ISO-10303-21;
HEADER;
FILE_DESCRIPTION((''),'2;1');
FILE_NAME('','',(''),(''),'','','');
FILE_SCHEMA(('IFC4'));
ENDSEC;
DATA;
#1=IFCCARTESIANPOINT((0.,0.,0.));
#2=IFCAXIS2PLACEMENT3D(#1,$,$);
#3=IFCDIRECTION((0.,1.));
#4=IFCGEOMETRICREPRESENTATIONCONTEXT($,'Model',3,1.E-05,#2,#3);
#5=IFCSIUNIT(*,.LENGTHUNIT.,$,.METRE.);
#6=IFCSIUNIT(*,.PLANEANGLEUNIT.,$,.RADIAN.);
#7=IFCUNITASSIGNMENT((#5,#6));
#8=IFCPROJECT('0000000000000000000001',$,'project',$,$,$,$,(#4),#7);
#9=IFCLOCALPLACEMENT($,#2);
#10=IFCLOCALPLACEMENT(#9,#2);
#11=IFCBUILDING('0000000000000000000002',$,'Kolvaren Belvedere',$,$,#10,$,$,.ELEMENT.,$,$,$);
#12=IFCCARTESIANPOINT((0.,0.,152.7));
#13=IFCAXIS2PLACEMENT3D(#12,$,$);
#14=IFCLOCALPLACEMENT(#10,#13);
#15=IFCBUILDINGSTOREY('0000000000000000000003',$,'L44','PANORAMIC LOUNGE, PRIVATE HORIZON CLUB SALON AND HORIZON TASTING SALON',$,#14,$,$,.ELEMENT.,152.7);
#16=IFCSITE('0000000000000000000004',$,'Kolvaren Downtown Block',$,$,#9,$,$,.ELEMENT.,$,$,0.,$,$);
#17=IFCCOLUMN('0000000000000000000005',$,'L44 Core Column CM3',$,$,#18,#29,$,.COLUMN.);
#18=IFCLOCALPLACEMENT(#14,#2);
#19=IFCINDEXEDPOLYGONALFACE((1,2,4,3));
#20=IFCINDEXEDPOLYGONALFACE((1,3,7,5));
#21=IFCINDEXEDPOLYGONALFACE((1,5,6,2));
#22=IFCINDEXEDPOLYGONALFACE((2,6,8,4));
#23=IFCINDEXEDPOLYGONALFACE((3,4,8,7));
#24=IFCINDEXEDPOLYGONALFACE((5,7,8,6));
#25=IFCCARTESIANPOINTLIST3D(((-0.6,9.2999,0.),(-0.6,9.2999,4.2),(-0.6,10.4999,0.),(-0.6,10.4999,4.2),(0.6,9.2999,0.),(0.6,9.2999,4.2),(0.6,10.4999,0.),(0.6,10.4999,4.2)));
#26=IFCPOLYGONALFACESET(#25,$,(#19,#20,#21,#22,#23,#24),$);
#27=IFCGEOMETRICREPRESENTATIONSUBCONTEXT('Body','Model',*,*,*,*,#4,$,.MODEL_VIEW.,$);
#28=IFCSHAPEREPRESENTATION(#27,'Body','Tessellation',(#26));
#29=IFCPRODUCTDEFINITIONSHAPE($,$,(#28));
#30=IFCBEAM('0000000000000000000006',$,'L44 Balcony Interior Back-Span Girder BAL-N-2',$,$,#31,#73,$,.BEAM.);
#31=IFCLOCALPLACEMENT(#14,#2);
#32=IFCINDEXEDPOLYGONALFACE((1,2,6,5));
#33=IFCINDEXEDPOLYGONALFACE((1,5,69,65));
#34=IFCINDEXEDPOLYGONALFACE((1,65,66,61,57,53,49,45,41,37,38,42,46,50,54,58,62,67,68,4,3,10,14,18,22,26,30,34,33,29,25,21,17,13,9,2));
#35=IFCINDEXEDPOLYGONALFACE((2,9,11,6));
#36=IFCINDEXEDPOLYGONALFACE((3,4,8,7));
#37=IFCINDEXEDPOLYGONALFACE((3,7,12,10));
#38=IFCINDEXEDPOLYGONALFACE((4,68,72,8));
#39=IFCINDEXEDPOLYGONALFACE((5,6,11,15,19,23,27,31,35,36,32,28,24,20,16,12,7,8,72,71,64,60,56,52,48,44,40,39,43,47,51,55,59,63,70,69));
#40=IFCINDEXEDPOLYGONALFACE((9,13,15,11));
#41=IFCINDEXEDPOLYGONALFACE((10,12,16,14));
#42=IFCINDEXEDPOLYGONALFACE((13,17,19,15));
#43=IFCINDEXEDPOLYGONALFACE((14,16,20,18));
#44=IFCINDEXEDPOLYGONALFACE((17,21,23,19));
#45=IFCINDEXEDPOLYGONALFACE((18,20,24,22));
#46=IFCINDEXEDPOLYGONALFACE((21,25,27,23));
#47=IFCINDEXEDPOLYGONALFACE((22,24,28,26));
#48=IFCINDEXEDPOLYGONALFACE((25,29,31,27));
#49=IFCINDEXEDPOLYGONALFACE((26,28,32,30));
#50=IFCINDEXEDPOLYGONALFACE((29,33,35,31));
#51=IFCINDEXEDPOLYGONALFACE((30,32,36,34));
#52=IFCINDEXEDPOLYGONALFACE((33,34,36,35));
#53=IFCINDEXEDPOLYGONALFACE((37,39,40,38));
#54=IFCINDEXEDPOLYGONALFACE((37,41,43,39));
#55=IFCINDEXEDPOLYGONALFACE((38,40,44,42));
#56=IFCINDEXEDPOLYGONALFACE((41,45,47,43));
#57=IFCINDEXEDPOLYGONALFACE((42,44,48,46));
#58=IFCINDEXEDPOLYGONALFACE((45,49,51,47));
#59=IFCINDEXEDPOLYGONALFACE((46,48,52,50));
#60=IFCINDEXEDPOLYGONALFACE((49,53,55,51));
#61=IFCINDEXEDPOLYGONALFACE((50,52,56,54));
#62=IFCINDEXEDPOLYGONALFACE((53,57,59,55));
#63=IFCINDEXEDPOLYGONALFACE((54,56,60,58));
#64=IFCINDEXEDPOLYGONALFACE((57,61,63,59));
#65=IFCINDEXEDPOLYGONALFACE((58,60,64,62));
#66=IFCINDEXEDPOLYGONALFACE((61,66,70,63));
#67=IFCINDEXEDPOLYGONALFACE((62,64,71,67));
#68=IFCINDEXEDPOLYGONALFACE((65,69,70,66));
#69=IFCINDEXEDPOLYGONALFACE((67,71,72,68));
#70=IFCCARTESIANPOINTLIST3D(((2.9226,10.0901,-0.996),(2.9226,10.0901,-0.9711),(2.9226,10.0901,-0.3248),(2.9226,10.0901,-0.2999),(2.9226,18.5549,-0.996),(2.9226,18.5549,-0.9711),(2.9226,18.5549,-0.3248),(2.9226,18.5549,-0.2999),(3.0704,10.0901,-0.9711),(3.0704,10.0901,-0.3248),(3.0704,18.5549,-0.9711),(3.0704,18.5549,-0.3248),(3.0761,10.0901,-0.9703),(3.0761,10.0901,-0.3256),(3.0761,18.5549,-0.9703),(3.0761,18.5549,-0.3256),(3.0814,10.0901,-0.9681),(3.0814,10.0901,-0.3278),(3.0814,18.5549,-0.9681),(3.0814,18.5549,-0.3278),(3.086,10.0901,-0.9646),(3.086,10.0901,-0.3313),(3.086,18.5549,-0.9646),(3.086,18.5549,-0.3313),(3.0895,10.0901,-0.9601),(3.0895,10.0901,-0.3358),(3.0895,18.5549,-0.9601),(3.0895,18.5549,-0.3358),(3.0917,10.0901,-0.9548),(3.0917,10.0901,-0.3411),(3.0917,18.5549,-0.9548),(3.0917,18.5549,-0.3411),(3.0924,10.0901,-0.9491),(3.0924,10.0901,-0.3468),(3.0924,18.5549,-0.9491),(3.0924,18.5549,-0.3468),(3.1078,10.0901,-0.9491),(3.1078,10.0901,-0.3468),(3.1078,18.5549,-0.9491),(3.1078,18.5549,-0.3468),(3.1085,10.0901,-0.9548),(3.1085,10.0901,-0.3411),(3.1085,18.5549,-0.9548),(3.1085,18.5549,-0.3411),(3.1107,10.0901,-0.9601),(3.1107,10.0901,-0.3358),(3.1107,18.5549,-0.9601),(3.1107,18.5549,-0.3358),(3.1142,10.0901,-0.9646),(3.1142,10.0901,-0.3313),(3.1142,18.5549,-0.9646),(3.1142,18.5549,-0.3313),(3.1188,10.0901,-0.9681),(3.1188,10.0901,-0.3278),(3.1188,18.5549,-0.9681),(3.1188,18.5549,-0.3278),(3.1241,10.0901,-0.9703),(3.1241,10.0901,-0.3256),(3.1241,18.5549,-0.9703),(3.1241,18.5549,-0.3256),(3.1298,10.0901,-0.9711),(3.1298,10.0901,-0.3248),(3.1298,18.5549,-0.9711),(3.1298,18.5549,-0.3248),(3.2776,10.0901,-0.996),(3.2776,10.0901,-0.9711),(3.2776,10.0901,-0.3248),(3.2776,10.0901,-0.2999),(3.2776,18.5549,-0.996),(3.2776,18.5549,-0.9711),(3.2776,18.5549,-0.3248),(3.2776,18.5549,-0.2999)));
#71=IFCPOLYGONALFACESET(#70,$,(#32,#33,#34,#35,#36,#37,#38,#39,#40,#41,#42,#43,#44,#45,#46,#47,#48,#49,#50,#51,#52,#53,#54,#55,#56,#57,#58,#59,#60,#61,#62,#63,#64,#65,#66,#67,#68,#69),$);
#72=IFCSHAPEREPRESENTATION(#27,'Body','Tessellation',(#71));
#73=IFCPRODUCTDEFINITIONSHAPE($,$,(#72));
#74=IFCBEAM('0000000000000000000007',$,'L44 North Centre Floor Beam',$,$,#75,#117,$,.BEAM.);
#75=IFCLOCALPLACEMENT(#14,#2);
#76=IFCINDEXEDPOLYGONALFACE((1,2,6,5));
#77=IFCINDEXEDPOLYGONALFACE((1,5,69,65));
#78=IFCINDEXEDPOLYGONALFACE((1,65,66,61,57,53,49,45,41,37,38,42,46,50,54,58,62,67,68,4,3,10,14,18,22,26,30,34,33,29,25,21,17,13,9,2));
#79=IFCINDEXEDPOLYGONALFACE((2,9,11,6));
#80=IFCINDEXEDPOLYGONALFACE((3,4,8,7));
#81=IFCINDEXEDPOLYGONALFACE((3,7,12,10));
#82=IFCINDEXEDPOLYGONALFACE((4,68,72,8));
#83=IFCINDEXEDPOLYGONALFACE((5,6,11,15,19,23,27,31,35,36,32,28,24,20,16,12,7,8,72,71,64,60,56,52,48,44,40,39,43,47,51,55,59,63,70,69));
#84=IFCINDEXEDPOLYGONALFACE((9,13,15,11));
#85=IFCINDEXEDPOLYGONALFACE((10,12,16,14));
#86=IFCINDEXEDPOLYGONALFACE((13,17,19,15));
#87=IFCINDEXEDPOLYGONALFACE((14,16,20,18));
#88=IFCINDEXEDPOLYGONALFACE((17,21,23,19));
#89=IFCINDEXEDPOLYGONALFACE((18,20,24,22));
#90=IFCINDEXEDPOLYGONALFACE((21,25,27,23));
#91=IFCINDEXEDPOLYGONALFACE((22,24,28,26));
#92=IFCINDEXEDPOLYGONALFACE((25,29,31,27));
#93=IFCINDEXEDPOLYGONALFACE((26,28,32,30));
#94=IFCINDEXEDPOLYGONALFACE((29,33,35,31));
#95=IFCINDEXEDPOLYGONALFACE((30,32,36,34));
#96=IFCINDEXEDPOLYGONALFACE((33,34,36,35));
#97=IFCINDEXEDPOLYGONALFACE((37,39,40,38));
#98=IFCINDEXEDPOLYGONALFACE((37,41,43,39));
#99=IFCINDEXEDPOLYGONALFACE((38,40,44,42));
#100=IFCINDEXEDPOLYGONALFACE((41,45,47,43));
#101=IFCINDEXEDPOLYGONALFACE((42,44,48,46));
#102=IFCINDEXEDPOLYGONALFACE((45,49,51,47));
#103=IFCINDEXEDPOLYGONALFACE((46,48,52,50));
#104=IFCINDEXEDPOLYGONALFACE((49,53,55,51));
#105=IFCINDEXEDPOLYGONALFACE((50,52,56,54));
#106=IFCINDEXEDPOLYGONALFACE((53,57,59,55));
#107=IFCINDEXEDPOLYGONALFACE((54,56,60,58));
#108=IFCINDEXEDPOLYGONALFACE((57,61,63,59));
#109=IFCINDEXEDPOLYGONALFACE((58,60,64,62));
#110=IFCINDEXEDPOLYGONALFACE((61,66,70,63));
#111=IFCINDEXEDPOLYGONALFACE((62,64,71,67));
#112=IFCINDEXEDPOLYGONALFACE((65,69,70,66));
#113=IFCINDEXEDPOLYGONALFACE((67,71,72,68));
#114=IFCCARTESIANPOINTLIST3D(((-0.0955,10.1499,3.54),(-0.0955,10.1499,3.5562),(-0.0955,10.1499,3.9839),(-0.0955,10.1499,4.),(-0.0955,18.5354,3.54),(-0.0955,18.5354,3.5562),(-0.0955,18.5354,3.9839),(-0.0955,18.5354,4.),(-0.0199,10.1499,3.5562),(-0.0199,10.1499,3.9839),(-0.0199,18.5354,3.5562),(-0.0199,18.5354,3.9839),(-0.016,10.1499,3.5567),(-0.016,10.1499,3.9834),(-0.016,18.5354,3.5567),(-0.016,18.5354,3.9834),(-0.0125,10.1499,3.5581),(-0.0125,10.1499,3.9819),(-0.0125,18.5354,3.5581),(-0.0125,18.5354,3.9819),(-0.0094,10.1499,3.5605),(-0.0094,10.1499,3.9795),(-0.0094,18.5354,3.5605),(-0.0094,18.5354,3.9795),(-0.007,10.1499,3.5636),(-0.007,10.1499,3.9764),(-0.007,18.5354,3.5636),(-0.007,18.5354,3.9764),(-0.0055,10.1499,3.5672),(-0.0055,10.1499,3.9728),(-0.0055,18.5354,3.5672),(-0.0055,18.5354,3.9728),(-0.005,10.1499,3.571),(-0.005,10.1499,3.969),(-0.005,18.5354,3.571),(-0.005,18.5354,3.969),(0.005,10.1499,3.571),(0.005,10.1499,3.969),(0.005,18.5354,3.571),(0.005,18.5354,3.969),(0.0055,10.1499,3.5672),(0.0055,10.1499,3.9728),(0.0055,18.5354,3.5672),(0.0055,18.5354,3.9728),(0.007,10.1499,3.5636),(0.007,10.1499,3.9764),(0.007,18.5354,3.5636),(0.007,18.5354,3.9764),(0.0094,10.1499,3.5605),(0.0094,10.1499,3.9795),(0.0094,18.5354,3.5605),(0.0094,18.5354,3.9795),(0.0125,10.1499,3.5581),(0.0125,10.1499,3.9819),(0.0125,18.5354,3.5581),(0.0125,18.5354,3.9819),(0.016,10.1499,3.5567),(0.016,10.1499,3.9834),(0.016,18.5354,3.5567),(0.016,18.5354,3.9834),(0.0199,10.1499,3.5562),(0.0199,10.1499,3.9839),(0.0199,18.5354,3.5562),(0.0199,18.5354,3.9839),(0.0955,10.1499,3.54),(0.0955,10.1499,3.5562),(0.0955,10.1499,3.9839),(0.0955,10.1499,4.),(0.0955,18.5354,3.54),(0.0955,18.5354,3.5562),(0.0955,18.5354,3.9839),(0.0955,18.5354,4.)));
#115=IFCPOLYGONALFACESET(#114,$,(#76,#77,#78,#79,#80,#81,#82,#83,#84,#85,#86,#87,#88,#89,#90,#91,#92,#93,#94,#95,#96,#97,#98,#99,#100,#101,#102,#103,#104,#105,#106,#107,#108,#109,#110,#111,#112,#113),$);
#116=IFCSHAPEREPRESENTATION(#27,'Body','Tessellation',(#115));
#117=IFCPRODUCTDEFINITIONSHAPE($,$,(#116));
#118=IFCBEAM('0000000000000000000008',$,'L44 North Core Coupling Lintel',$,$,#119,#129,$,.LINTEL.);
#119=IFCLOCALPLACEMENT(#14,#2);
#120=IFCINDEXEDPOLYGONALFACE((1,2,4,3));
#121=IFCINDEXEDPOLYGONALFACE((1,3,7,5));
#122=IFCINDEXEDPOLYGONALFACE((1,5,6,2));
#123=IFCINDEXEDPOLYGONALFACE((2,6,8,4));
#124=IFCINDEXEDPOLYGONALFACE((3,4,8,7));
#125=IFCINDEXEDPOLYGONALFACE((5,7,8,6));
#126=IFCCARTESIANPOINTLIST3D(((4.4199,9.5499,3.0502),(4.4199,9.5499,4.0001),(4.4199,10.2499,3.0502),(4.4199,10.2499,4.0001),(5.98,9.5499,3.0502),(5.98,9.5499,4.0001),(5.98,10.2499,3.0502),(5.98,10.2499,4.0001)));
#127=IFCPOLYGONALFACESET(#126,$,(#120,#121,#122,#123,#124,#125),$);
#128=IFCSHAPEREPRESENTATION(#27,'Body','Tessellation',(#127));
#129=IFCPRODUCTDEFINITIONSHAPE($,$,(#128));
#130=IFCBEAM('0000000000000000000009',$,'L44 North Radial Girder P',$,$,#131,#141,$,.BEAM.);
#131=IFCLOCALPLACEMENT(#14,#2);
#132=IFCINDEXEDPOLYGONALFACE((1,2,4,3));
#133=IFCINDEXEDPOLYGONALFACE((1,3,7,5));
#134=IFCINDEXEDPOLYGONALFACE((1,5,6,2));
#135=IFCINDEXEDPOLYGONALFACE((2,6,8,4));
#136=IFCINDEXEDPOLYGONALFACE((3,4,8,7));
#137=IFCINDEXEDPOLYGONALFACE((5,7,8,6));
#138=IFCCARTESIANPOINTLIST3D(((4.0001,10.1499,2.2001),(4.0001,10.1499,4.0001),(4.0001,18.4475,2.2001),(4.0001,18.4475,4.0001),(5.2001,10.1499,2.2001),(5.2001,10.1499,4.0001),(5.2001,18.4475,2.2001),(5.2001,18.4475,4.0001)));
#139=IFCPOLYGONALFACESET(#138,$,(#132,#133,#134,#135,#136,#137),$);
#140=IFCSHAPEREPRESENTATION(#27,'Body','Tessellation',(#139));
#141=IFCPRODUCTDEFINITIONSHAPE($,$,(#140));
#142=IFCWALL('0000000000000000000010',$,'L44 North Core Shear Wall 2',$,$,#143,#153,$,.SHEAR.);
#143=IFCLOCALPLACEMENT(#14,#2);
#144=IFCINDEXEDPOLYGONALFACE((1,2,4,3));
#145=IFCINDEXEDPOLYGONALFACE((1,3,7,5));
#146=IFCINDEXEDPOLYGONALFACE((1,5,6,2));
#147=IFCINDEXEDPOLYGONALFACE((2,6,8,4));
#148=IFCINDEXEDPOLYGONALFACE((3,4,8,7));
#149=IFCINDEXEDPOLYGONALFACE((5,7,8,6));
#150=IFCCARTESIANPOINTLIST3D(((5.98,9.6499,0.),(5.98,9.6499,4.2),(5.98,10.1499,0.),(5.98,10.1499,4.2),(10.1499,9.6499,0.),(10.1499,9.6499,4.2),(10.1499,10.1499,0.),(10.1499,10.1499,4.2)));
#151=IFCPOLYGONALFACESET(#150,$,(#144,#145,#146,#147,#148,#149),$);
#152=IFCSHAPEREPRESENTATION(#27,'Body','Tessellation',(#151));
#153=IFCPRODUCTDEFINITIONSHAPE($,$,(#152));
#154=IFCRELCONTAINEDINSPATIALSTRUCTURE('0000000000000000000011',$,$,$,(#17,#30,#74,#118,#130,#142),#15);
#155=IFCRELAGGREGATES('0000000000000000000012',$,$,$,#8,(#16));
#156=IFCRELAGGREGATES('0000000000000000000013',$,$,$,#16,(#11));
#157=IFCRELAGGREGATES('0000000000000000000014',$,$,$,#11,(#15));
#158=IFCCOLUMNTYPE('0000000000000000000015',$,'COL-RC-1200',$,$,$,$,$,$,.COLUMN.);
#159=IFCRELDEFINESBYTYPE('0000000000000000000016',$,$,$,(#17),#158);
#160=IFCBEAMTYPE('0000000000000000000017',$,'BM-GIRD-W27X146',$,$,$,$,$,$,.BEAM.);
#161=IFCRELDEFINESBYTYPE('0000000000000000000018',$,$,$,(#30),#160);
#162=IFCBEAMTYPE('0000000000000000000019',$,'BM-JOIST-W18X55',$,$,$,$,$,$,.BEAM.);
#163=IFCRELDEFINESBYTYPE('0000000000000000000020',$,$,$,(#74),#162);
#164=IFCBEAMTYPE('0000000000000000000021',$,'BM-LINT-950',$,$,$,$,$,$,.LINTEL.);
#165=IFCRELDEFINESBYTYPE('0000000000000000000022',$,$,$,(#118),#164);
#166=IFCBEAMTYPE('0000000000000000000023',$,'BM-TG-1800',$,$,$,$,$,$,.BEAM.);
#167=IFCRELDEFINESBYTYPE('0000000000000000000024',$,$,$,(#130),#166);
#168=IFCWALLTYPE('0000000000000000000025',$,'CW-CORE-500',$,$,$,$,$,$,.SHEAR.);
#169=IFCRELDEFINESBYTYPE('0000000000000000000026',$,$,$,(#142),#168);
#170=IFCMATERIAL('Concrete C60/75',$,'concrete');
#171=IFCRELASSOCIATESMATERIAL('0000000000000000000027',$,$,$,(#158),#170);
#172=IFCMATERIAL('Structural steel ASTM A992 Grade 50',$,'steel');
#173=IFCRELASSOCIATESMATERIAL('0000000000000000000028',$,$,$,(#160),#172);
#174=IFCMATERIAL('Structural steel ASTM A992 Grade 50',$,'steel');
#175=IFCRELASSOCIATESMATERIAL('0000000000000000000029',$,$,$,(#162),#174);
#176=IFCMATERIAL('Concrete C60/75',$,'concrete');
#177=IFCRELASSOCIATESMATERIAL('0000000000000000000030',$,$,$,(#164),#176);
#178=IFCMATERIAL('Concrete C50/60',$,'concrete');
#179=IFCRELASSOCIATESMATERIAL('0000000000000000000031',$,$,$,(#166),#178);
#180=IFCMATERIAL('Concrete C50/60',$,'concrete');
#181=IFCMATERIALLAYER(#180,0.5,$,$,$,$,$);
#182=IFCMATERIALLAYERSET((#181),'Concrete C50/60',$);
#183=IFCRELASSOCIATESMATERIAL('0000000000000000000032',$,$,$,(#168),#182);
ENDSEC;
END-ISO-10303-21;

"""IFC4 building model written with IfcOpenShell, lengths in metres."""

from ifc_helpers import new_model, si_unit, direction, frame, frame_2d, origin, origin_2d, place, context, subcontext, project, spatial, rectangle, i_section, extrude, material, layer, layer_set, material_profile, profile_set, type_object, element, save


model = new_model("IFC4")

# Units and contexts
model_context = context("Model", 3, precision=1e-05, world=origin(), true_north=direction((0.0, 1.0)))
body_context = subcontext(model_context, "Body", "Model", "MODEL_VIEW")
ifc_project = project(units=[si_unit("LENGTHUNIT", "METRE"), si_unit("PLANEANGLEUNIT", "RADIAN")], contexts=[model_context])

# Site, building, storey
site_placement = place(None, origin())
site = spatial("IfcSite", under=ifc_project, at=site_placement, Name="Kolvaren Downtown Block", CompositionType="ELEMENT", RefElevation=0.0)
building_placement = place(site_placement, origin())
building = spatial("IfcBuilding", under=site, at=building_placement, Name="Kolvaren Belvedere", CompositionType="ELEMENT")
storey_placement = place(building_placement, frame((0.0, 0.0, 152.7)))
storey = spatial("IfcBuildingStorey", under=building, at=storey_placement, Name="L44", Description="PANORAMIC LOUNGE, PRIVATE HORIZON CLUB SALON AND HORIZON TASTING SALON", CompositionType="ELEMENT", Elevation=152.7)

# Column
ifc_material_1 = material(Name="Concrete C60/75", Category="concrete")
ifc_material_profile_1 = material_profile(ifc_material_1, rectangle(XDim=1.2, YDim=1.2, at=origin_2d()), Name="RC 1200X1200")
ifc_profile_set_1 = profile_set([ifc_material_profile_1], Name="Concrete C60/75")
column_type = type_object("IfcColumnType", Name="COL-RC-1200", PredefinedType="COLUMN", material=ifc_profile_set_1)
column_placement = place(storey_placement, frame((0.0, 9.8999, 0.0), z_axis=(0.0, 0.0, 1.0), x_axis=(1.0, 0.0, 0.0)))
element("IfcColumn", 1, at=column_placement, inside=storey, type_object=column_type, Name="L44 Core Column CM3", PredefinedType="COLUMN", context=body_context, shape_type="SweptSolid", body=[
    extrude(rectangle(XDim=1.2, YDim=1.2, at=origin_2d()), origin(), (0.0, 0.0, 1.0), 4.2),
])

# Beams
ifc_material_2 = material(Name="Structural steel ASTM A992 Grade 50", Category="steel")
ifc_material_profile_2 = material_profile(ifc_material_2, i_section(OverallWidth=0.355, OverallDepth=0.696, WebThickness=0.0154, FlangeThickness=0.0249, FilletRadius=0.022, at=origin_2d()), Name="W27X146")
ifc_profile_set_2 = profile_set([ifc_material_profile_2], Name="Structural steel ASTM A992 Grade 50")
beam_type_1 = type_object("IfcBeamType", Name="BM-GIRD-W27X146", PredefinedType="BEAM", material=ifc_profile_set_2)
beam_1_placement = place(storey_placement, frame((3.1001, 10.0901, -0.6479), z_axis=(0.0, 1.0, 0.0), x_axis=(-1.0, 0.0, 0.0)))
element("IfcBeam", 2, at=beam_1_placement, inside=storey, type_object=beam_type_1, Name="L44 Balcony Interior Back-Span Girder BAL-N-2", PredefinedType="BEAM", context=body_context, shape_type="SweptSolid", body=[
    extrude(i_section(OverallWidth=0.355, OverallDepth=0.696, WebThickness=0.0154, FlangeThickness=0.0249, FilletRadius=0.022, at=origin_2d()), origin(), (0.0, 0.0, 1.0), 8.4648),
])
ifc_material_3 = material(Name="Structural steel ASTM A992 Grade 50", Category="steel")
ifc_material_profile_3 = material_profile(ifc_material_3, i_section(OverallWidth=0.1909, OverallDepth=0.46, WebThickness=0.01, FlangeThickness=0.0161, FilletRadius=0.0149, at=origin_2d()), Name="W18X55")
ifc_profile_set_3 = profile_set([ifc_material_profile_3], Name="Structural steel ASTM A992 Grade 50")
beam_type_2 = type_object("IfcBeamType", Name="BM-JOIST-W18X55", PredefinedType="BEAM", material=ifc_profile_set_3)
beam_2_placement = place(storey_placement, frame((0.0, 10.1499, 3.77), z_axis=(0.0, 1.0, 0.0), x_axis=(-1.0, 0.0, 0.0)))
element("IfcBeam", 3, at=beam_2_placement, inside=storey, type_object=beam_type_2, Name="L44 North Centre Floor Beam", PredefinedType="BEAM", context=body_context, shape_type="SweptSolid", body=[
    extrude(i_section(OverallWidth=0.1909, OverallDepth=0.46, WebThickness=0.01, FlangeThickness=0.0161, FilletRadius=0.0149, at=origin_2d()), origin(), (0.0, 0.0, 1.0), 8.3855),
])
ifc_material_4 = material(Name="Concrete C60/75", Category="concrete")
ifc_material_profile_4 = material_profile(ifc_material_4, rectangle(XDim=0.7, YDim=0.95, at=origin_2d()), Name="RC 700X950")
ifc_profile_set_4 = profile_set([ifc_material_profile_4], Name="Concrete C60/75")
beam_type_3 = type_object("IfcBeamType", Name="BM-LINT-950", PredefinedType="LINTEL", material=ifc_profile_set_4)
beam_3_placement = place(storey_placement, frame((4.4199, 9.8999, 3.5251), z_axis=(1.0, 0.0, 0.0), x_axis=(0.0, 1.0, 0.0)))
element("IfcBeam", 4, at=beam_3_placement, inside=storey, type_object=beam_type_3, Name="L44 North Core Coupling Lintel", PredefinedType="LINTEL", context=body_context, shape_type="SweptSolid", body=[
    extrude(rectangle(XDim=0.7, YDim=0.95, at=origin_2d()), origin(), (0.0, 0.0, 1.0), 1.5601),
])
ifc_material_5 = material(Name="Concrete C50/60", Category="concrete")
ifc_material_profile_5 = material_profile(ifc_material_5, rectangle(XDim=1.2, YDim=1.8, at=origin_2d()), Name="RC 1200X1800")
ifc_profile_set_5 = profile_set([ifc_material_profile_5], Name="Concrete C50/60")
beam_type_4 = type_object("IfcBeamType", Name="BM-TG-1800", PredefinedType="BEAM", material=ifc_profile_set_5)
beam_4_placement = place(storey_placement, frame((4.6001, 10.1499, 3.1001), z_axis=(0.0, 1.0, 0.0), x_axis=(-1.0, 0.0, 0.0)))
element("IfcBeam", 5, at=beam_4_placement, inside=storey, type_object=beam_type_4, Name="L44 North Radial Girder P", PredefinedType="BEAM", context=body_context, shape_type="SweptSolid", body=[
    extrude(rectangle(XDim=1.2, YDim=1.8, at=origin_2d()), origin(), (0.0, 0.0, 1.0), 8.2976),
])

# Wall
ifc_material_6 = material(Name="Concrete C50/60", Category="concrete")
ifc_layer_1 = layer(ifc_material_6, 0.5)
ifc_layer_set_1 = layer_set([ifc_layer_1], Name="Concrete C50/60")
wall_type_1 = type_object("IfcWallType", Name="CW-CORE-500", PredefinedType="SHEAR", material=ifc_layer_set_1)
wall_1_placement = place(storey_placement, frame((5.98, 9.8999, 0.0), z_axis=(0.0, 0.0, 1.0), x_axis=(1.0, 0.0, 0.0)))
element("IfcWall", 6, at=wall_1_placement, inside=storey, type_object=wall_type_1, Name="L44 North Core Shear Wall 2", PredefinedType="SHEAR", context=body_context, shape_type="SweptSolid", body=[
    extrude(rectangle(XDim=4.1699, YDim=0.5, at=frame_2d((2.085, 0.0))), origin(), (0.0, 0.0, 1.0), 4.2),
])

save(model, "model.ifc")
